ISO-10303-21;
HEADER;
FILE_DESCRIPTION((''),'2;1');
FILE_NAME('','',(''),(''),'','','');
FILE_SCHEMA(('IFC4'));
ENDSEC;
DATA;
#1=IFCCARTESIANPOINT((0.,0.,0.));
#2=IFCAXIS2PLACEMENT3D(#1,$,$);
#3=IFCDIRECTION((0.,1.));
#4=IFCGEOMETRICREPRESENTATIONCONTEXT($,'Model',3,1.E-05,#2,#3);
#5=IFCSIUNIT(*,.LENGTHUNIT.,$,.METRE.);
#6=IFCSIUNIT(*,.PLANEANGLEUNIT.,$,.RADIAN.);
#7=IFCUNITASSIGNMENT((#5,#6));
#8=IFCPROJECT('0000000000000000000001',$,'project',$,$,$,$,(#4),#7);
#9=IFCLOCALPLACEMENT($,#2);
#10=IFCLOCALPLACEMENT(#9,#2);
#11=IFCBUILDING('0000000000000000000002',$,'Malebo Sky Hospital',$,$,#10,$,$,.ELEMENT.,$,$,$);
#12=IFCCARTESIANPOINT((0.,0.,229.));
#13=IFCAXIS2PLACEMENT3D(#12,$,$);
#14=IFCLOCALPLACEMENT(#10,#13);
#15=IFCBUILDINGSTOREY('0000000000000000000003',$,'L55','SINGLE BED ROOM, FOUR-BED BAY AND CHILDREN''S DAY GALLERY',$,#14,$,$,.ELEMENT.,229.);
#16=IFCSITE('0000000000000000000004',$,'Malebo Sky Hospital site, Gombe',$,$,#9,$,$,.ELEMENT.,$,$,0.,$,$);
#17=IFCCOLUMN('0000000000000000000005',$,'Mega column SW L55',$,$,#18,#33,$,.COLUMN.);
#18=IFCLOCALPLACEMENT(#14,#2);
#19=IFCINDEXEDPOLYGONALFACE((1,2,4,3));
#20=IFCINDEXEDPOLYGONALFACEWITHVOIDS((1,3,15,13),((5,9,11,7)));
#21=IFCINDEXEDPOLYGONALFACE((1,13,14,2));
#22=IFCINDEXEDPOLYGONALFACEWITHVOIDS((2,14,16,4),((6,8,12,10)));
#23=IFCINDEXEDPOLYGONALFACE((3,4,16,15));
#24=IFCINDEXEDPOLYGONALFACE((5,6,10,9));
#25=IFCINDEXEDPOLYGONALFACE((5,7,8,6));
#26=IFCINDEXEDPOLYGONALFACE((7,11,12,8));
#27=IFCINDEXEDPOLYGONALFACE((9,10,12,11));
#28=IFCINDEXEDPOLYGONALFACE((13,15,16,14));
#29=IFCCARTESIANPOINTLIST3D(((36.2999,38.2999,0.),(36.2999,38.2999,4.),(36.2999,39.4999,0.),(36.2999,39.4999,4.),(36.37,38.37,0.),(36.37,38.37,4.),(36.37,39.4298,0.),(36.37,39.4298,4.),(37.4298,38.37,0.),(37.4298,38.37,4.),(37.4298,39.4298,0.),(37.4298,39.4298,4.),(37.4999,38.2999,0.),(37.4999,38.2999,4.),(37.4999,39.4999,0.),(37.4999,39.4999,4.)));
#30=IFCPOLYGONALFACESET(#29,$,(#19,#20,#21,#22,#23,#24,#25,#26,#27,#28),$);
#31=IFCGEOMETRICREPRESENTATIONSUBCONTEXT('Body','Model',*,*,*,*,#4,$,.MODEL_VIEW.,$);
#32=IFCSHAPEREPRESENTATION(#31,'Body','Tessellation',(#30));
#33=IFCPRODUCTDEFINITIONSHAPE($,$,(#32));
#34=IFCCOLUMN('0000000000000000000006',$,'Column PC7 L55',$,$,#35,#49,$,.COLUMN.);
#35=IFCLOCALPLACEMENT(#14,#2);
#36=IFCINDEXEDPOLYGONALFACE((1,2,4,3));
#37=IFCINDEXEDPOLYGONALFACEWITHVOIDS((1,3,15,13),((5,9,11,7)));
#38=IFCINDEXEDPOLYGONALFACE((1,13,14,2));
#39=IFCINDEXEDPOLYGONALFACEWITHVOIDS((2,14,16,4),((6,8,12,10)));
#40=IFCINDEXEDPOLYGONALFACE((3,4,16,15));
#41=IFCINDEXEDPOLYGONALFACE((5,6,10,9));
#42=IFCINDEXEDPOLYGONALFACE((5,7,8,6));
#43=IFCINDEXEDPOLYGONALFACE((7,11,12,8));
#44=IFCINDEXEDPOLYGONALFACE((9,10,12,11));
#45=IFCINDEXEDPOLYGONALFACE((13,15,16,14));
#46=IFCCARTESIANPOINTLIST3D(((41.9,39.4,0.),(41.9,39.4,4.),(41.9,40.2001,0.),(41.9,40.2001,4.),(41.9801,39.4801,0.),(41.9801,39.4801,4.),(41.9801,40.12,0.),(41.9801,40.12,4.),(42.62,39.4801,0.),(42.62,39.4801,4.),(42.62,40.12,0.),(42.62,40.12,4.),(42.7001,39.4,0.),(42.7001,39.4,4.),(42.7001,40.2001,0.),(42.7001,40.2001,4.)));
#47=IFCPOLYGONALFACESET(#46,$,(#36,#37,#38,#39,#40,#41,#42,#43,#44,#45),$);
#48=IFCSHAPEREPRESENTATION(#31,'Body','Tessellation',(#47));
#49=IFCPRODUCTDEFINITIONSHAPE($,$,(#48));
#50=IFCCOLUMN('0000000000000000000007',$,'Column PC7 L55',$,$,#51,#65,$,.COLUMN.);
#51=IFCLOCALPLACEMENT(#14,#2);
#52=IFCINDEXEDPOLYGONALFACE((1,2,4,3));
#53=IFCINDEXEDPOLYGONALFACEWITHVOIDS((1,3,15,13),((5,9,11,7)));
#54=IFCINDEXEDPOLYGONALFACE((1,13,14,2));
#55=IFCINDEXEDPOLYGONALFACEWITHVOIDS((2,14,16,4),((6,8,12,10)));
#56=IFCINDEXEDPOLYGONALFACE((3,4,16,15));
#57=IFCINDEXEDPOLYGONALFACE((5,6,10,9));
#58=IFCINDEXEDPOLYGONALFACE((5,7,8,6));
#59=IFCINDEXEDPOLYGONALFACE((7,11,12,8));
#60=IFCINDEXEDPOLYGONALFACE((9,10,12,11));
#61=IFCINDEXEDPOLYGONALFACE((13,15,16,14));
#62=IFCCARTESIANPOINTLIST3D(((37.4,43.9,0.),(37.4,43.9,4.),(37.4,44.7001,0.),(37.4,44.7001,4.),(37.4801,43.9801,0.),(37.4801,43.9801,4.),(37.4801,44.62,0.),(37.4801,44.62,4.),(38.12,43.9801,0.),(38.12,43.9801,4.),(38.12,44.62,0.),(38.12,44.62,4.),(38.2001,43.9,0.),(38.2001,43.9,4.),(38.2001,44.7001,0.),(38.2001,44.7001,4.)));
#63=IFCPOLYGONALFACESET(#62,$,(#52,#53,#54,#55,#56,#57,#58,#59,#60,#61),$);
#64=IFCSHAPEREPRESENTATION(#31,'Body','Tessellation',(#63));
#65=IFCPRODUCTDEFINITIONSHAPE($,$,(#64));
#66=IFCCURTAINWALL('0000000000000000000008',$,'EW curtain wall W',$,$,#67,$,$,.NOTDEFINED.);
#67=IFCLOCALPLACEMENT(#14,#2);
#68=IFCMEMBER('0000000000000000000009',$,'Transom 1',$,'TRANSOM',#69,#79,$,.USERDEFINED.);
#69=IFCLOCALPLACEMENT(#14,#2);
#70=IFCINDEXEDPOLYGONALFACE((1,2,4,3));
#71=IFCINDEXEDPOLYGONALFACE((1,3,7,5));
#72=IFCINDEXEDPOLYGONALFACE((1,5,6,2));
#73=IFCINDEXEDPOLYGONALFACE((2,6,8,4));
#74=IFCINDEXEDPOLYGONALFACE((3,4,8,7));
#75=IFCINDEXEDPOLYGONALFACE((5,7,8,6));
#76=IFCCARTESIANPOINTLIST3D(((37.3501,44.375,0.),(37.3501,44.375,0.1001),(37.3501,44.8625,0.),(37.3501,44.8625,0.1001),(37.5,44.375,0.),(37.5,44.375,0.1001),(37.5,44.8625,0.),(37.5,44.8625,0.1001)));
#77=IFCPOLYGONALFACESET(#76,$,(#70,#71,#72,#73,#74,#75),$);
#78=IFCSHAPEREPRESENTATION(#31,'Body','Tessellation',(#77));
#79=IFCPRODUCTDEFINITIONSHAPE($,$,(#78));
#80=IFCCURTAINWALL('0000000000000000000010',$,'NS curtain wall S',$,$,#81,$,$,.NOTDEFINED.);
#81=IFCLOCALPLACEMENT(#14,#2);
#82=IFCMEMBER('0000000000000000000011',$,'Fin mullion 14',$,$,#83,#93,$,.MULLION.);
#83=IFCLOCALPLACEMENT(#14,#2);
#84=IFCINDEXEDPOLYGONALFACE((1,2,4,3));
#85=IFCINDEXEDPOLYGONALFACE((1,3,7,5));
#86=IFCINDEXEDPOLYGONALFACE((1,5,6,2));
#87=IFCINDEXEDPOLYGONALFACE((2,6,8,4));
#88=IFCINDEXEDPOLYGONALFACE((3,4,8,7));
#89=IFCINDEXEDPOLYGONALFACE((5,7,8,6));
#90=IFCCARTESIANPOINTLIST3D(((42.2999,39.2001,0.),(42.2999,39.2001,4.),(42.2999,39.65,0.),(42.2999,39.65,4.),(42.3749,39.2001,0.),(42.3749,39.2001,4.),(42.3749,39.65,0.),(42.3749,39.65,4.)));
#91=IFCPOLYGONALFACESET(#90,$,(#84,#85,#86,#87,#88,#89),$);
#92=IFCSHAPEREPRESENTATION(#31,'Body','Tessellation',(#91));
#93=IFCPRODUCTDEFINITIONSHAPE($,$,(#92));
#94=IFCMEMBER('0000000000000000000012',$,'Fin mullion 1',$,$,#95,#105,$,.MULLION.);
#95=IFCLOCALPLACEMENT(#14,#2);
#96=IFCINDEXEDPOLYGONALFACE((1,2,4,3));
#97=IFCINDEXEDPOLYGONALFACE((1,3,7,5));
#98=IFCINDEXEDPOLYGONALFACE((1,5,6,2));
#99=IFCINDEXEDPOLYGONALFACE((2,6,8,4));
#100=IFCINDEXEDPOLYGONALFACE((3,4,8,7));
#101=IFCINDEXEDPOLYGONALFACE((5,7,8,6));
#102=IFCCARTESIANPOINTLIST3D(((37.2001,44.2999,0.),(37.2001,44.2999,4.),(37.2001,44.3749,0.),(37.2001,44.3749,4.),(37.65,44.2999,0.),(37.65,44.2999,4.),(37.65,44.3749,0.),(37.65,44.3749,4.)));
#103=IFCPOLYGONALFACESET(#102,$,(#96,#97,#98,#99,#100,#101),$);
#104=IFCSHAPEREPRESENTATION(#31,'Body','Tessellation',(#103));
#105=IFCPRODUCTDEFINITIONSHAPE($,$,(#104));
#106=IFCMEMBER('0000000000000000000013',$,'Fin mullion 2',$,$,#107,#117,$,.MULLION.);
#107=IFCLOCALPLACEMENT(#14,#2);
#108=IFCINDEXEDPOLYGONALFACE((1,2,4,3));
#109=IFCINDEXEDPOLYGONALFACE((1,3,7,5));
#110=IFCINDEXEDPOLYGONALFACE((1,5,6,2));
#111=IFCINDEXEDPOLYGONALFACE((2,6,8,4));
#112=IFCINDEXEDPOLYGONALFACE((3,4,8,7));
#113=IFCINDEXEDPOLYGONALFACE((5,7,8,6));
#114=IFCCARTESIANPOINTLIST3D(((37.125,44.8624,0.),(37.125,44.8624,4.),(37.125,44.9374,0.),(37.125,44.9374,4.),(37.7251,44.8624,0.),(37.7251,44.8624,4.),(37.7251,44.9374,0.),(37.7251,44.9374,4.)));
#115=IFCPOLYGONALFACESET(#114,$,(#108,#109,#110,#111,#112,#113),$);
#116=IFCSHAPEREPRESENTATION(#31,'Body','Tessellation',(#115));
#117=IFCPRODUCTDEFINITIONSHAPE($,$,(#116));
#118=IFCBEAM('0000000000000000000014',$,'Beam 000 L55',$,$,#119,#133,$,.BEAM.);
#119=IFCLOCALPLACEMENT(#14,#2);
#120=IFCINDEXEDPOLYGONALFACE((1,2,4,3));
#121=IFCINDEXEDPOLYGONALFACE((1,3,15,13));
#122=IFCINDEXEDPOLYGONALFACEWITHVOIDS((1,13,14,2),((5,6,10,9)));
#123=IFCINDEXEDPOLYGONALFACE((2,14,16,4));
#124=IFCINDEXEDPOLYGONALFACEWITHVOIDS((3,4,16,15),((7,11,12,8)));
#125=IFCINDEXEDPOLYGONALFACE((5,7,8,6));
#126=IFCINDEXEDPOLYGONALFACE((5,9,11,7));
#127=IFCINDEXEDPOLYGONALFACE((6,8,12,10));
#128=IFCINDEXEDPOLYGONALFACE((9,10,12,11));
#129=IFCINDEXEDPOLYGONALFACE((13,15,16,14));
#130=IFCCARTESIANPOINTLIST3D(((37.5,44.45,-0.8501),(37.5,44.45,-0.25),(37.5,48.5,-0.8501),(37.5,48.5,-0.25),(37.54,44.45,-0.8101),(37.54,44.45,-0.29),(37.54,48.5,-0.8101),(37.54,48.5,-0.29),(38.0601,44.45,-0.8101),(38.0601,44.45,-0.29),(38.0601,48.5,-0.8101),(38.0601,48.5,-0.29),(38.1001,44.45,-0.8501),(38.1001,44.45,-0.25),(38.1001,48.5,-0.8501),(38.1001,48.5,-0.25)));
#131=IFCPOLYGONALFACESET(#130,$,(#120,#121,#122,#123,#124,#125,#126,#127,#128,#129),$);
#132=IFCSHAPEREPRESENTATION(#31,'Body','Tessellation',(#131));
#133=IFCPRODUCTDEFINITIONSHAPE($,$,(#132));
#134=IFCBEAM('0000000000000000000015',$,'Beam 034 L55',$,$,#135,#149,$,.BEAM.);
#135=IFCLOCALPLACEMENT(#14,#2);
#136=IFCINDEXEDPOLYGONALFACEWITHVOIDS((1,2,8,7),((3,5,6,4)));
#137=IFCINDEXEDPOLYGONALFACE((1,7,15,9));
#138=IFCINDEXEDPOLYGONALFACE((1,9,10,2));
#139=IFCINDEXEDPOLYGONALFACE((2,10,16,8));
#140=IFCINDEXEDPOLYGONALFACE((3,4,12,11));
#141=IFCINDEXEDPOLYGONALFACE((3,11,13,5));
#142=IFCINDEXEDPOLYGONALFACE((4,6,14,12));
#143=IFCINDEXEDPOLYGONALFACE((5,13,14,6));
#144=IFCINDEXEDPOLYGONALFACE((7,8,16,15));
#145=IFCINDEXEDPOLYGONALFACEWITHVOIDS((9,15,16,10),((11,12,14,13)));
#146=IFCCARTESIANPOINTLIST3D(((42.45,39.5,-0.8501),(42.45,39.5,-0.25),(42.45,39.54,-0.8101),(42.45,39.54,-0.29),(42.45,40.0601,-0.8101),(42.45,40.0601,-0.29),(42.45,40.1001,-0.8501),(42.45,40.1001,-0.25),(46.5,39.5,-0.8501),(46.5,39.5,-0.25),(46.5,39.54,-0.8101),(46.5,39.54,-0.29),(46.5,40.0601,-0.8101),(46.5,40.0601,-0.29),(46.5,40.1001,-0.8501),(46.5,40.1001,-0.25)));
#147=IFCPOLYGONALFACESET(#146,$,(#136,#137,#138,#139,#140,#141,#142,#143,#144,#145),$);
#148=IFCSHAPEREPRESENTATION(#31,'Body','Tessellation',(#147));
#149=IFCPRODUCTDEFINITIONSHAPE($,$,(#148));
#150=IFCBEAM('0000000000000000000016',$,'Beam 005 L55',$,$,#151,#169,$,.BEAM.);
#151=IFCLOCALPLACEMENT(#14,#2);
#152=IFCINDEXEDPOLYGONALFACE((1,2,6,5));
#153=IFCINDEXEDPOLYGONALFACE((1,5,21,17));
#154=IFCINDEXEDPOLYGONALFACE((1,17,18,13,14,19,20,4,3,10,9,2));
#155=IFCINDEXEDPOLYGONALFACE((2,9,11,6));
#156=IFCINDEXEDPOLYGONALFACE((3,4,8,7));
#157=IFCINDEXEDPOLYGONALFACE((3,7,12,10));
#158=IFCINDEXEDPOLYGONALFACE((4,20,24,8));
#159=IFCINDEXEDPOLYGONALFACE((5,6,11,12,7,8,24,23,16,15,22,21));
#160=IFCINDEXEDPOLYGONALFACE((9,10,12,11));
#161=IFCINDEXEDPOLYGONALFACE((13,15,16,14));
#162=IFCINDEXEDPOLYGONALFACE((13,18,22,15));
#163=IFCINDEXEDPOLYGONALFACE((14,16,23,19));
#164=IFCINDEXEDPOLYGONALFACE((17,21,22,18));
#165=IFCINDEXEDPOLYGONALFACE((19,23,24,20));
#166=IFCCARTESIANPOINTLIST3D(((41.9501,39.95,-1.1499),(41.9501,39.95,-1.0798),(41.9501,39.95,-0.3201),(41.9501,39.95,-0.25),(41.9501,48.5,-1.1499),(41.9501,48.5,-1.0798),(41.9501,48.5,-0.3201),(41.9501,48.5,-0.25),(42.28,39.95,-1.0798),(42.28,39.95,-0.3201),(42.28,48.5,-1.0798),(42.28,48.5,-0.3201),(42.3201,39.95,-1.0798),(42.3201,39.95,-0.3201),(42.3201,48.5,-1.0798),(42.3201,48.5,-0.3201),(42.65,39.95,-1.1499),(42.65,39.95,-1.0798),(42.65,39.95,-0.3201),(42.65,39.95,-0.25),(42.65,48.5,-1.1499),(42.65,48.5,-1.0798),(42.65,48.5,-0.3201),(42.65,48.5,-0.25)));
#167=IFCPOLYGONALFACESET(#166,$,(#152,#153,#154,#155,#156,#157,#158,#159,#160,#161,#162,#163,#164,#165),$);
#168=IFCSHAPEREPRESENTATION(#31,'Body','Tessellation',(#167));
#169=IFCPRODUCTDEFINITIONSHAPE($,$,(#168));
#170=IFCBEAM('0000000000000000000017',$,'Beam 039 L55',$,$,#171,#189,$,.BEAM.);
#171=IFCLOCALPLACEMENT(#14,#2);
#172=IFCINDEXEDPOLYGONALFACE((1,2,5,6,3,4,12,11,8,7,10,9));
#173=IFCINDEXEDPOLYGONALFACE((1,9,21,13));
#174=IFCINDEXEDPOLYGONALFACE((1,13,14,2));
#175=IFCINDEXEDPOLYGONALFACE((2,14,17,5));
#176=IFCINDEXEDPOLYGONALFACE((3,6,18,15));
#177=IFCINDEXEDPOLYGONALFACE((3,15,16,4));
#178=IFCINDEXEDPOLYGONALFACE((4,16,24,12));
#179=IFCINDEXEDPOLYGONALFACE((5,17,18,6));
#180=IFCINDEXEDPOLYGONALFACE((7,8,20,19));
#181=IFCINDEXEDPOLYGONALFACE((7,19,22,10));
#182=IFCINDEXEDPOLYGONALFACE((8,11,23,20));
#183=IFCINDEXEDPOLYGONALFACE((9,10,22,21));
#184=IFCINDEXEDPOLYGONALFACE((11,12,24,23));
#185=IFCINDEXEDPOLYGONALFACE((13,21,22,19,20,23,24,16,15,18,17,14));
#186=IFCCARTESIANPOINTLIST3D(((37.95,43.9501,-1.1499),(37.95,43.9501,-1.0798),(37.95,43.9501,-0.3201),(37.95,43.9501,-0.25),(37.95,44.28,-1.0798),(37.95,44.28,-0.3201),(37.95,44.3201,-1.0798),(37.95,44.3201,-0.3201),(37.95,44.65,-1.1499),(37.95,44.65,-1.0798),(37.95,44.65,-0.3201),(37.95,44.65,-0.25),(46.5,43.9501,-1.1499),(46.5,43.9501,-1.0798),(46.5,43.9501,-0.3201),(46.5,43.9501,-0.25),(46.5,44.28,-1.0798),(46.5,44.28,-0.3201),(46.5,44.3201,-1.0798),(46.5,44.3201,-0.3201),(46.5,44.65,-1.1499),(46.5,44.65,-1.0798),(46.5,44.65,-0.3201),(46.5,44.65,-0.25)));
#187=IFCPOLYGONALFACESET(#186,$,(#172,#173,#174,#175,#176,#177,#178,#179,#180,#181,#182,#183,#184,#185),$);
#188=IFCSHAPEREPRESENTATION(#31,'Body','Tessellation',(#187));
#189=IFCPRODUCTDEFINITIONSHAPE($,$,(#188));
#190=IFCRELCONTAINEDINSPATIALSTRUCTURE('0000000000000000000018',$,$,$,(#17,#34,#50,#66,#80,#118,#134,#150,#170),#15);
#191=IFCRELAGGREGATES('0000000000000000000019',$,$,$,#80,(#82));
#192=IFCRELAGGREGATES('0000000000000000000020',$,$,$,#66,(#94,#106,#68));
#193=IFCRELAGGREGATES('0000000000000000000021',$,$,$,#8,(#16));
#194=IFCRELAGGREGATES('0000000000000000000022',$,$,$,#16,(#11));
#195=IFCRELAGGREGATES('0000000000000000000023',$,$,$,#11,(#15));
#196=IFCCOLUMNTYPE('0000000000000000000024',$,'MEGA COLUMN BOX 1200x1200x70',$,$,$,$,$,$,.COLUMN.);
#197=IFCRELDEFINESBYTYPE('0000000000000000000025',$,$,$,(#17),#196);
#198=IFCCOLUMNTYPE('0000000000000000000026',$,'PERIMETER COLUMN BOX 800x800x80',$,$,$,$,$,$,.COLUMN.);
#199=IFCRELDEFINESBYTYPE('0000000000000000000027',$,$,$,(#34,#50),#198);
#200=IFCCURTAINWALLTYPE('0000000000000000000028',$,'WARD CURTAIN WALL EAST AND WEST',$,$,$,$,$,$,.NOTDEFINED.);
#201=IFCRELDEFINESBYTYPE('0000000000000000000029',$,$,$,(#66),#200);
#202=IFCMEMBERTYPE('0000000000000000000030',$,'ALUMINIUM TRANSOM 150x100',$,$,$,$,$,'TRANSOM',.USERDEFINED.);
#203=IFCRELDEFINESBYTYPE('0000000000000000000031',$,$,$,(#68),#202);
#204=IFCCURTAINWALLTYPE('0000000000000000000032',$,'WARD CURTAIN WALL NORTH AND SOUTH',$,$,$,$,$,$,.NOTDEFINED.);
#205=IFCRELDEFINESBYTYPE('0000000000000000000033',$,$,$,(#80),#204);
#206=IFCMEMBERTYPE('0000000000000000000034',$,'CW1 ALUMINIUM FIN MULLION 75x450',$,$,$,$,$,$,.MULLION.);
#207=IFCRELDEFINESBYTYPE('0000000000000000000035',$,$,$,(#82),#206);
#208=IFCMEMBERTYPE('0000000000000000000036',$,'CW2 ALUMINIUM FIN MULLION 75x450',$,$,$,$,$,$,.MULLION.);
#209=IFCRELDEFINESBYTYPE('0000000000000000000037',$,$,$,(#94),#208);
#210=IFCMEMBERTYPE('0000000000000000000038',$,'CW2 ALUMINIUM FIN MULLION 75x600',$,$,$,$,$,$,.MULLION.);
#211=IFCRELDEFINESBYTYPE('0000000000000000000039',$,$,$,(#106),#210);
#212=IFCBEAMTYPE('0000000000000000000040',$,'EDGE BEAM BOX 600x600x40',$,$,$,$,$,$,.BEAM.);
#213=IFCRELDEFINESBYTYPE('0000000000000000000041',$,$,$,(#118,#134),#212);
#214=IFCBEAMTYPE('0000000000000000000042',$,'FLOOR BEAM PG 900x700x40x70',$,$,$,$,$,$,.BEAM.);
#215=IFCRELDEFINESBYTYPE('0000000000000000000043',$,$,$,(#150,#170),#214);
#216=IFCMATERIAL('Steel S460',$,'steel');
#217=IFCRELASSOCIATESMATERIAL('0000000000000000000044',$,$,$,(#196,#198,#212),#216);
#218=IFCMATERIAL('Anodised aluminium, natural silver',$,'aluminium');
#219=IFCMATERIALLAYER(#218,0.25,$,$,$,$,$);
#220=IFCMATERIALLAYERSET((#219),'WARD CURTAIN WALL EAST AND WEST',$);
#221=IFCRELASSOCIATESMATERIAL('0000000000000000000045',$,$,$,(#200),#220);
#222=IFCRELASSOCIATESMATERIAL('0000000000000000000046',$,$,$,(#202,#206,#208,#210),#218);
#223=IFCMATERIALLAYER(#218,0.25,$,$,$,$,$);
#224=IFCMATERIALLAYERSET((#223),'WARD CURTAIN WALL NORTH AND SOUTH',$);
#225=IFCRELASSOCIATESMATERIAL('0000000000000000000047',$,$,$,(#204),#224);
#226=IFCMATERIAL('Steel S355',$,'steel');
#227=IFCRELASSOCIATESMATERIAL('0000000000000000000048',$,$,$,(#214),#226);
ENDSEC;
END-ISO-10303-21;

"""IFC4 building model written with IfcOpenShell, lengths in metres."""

from ifc_helpers import new_model, si_unit, direction, frame, origin, origin_2d, place, context, subcontext, project, spatial, rectangle, hollow_rectangle, i_section, extrude, material, layer, layer_set, material_profile, profile_set, type_object, element, aggregate, save


model = new_model("IFC4")

# Units and contexts
model_context = context("Model", 3, precision=1e-05, world=origin(), true_north=direction((0.0, 1.0)))
body_context = subcontext(model_context, "Body", "Model", "MODEL_VIEW")
ifc_project = project(units=[si_unit("LENGTHUNIT", "METRE"), si_unit("PLANEANGLEUNIT", "RADIAN")], contexts=[model_context])

# Site, building, storey
site_placement = place(None, origin())
site = spatial("IfcSite", under=ifc_project, at=site_placement, Name="Malebo Sky Hospital site, Gombe", CompositionType="ELEMENT", RefElevation=0.0)
building_placement = place(site_placement, origin())
building = spatial("IfcBuilding", under=site, at=building_placement, Name="Malebo Sky Hospital", CompositionType="ELEMENT")
storey_placement = place(building_placement, frame((0.0, 0.0, 229.0)))
storey = spatial("IfcBuildingStorey", under=building, at=storey_placement, Name="L55", Description="SINGLE BED ROOM, FOUR-BED BAY AND CHILDREN'S DAY GALLERY", CompositionType="ELEMENT", Elevation=229.0)

# Columns
ifc_material_1 = material(Name="Steel S460", Category="steel")
ifc_material_profile_1 = material_profile(ifc_material_1, hollow_rectangle(XDim=1.2, YDim=1.2, WallThickness=0.0701, at=origin_2d()), Name="BOX 1200x1200x70")
ifc_profile_set_1 = profile_set([ifc_material_profile_1], Name="Steel S460")
column_type_1 = type_object("IfcColumnType", Name="MEGA COLUMN BOX 1200x1200x70", PredefinedType="COLUMN", material=ifc_profile_set_1)
column_placement = place(storey_placement, frame((36.8999, 38.8999, 0.0), z_axis=(0.0, 0.0, 1.0), x_axis=(1.0, 0.0, 0.0)))
element("IfcColumn", 1, at=column_placement, inside=storey, type_object=column_type_1, Name="Mega column SW L55", PredefinedType="COLUMN", context=body_context, shape_type="SweptSolid", body=[
    extrude(hollow_rectangle(XDim=1.2, YDim=1.2, WallThickness=0.0701, at=origin_2d()), origin(), (0.0, 0.0, 1.0), 4.0),
])
ifc_material_profile_2 = material_profile(ifc_material_1, hollow_rectangle(XDim=0.8, YDim=0.8, WallThickness=0.0801, at=origin_2d()), Name="BOX 800x800x80")
ifc_profile_set_2 = profile_set([ifc_material_profile_2], Name="Steel S460")
column_type_2 = type_object("IfcColumnType", Name="PERIMETER COLUMN BOX 800x800x80", PredefinedType="COLUMN", material=ifc_profile_set_2)
for number, where, z_axis, x_axis, name in (
    (2, (42.3, 39.8, 0.0), (0.0, 0.0, 1.0), (1.0, 0.0, 0.0), "Column PC7 L55"),
    (3, (37.8, 44.3, 0.0), (0.0, 0.0, 1.0), (1.0, 0.0, 0.0), "Column PC7 L55"),
):
    element("IfcColumn", number, at=place(storey_placement, frame(where, z_axis=z_axis, x_axis=x_axis)), inside=storey, type_object=column_type_2, Name=name, PredefinedType="COLUMN", context=body_context, shape_type="SweptSolid", body=[
        extrude(hollow_rectangle(XDim=0.8, YDim=0.8, WallThickness=0.0801, at=origin_2d()), origin(), (0.0, 0.0, 1.0), 4.0),
    ])

# Curtain walls, members
ifc_material_2 = material(Name="Anodised aluminium, natural silver", Category="aluminium")
ifc_layer_1 = layer(ifc_material_2, 0.25)
ifc_layer_set_1 = layer_set([ifc_layer_1], Name="WARD CURTAIN WALL EAST AND WEST")
curtain_wall_type_1 = type_object("IfcCurtainWallType", Name="WARD CURTAIN WALL EAST AND WEST", PredefinedType="NOTDEFINED", material=ifc_layer_set_1)
curtain_wall_1_placement = place(storey_placement, origin())
curtain_wall_1 = element("IfcCurtainWall", 4, at=curtain_wall_1_placement, inside=storey, type_object=curtain_wall_type_1, Name="EW curtain wall W", PredefinedType="NOTDEFINED")
ifc_material_profile_3 = material_profile(ifc_material_2, rectangle(XDim=0.1499, YDim=0.1001, at=origin_2d()), Name="ALUMINIUM TRANSOM 150x100")
ifc_profile_set_3 = profile_set([ifc_material_profile_3], Name="Anodised aluminium, natural silver")
member_type_1 = type_object("IfcMemberType", Name="ALUMINIUM TRANSOM 150x100", ElementType="TRANSOM", PredefinedType="USERDEFINED", material=ifc_profile_set_3)
member_1_placement = place(storey_placement, frame((37.425, 44.375, 0.05), z_axis=(0.0, 1.0, 0.0), x_axis=(-1.0, 0.0, 0.0)))
member_1 = element("IfcMember", 5, at=member_1_placement, type_object=member_type_1, Name="Transom 1", ObjectType="TRANSOM", PredefinedType="USERDEFINED", context=body_context, shape_type="SweptSolid", body=[
    extrude(rectangle(XDim=0.1499, YDim=0.1001, at=origin_2d()), origin(), (0.0, 0.0, 1.0), 0.4875),
])
ifc_layer_2 = layer(ifc_material_2, 0.25)
ifc_layer_set_2 = layer_set([ifc_layer_2], Name="WARD CURTAIN WALL NORTH AND SOUTH")
curtain_wall_type_2 = type_object("IfcCurtainWallType", Name="WARD CURTAIN WALL NORTH AND SOUTH", PredefinedType="NOTDEFINED", material=ifc_layer_set_2)
curtain_wall_2_placement = place(storey_placement, origin())
curtain_wall_2 = element("IfcCurtainWall", 6, at=curtain_wall_2_placement, inside=storey, type_object=curtain_wall_type_2, Name="NS curtain wall S", PredefinedType="NOTDEFINED")
ifc_material_profile_4 = material_profile(ifc_material_2, rectangle(XDim=0.075, YDim=0.45, at=origin_2d()), Name="CW1 ALUMINIUM FIN MULLION 75x450")
ifc_profile_set_4 = profile_set([ifc_material_profile_4], Name="Anodised aluminium, natural silver")
member_type_2 = type_object("IfcMemberType", Name="CW1 ALUMINIUM FIN MULLION 75x450", PredefinedType="MULLION", material=ifc_profile_set_4)
member_2_placement = place(storey_placement, frame((42.3374, 39.425, 0.0), z_axis=(0.0, 0.0, 1.0), x_axis=(-1.0, 0.0, 0.0)))
member_2 = element("IfcMember", 7, at=member_2_placement, type_object=member_type_2, Name="Fin mullion 14", PredefinedType="MULLION", context=body_context, shape_type="SweptSolid", body=[
    extrude(rectangle(XDim=0.075, YDim=0.45, at=origin_2d()), origin(), (0.0, 0.0, 1.0), 4.0),
])
aggregate(curtain_wall_2, [member_2])

# Members
ifc_material_profile_5 = material_profile(ifc_material_2, rectangle(XDim=0.075, YDim=0.45, at=origin_2d()), Name="CW2 ALUMINIUM FIN MULLION 75x450")
ifc_profile_set_5 = profile_set([ifc_material_profile_5], Name="Anodised aluminium, natural silver")
member_type_3 = type_object("IfcMemberType", Name="CW2 ALUMINIUM FIN MULLION 75x450", PredefinedType="MULLION", material=ifc_profile_set_5)
member_3_placement = place(storey_placement, frame((37.425, 44.3374, 0.0), z_axis=(0.0, 0.0, 1.0), x_axis=(0.0, 1.0, 0.0)))
member_3 = element("IfcMember", 8, at=member_3_placement, type_object=member_type_3, Name="Fin mullion 1", PredefinedType="MULLION", context=body_context, shape_type="SweptSolid", body=[
    extrude(rectangle(XDim=0.075, YDim=0.45, at=origin_2d()), origin(), (0.0, 0.0, 1.0), 4.0),
])
ifc_material_profile_6 = material_profile(ifc_material_2, rectangle(XDim=0.075, YDim=0.6001, at=origin_2d()), Name="CW2 ALUMINIUM FIN MULLION 75x600")
ifc_profile_set_6 = profile_set([ifc_material_profile_6], Name="Anodised aluminium, natural silver")
member_type_4 = type_object("IfcMemberType", Name="CW2 ALUMINIUM FIN MULLION 75x600", PredefinedType="MULLION", material=ifc_profile_set_6)
member_4_placement = place(storey_placement, frame((37.425, 44.8999, 0.0), z_axis=(0.0, 0.0, 1.0), x_axis=(0.0, 1.0, 0.0)))
member_4 = element("IfcMember", 9, at=member_4_placement, type_object=member_type_4, Name="Fin mullion 2", PredefinedType="MULLION", context=body_context, shape_type="SweptSolid", body=[
    extrude(rectangle(XDim=0.075, YDim=0.6001, at=origin_2d()), origin(), (0.0, 0.0, 1.0), 4.0),
])

# Beams
ifc_material_profile_7 = material_profile(ifc_material_1, hollow_rectangle(XDim=0.6001, YDim=0.6001, WallThickness=0.04, at=origin_2d()), Name="BOX 600x600x40")
ifc_profile_set_7 = profile_set([ifc_material_profile_7], Name="Steel S460")
beam_type_1 = type_object("IfcBeamType", Name="EDGE BEAM BOX 600x600x40", PredefinedType="BEAM", material=ifc_profile_set_7)
for number, where, z_axis, x_axis, name in (
    (10, (37.8, 44.45, -0.55), (0.0, 1.0, 0.0), (-1.0, 0.0, 0.0), "Beam 000 L55"),
    (11, (42.45, 39.8, -0.55), (1.0, 0.0, 0.0), (0.0, 1.0, 0.0), "Beam 034 L55"),
):
    element("IfcBeam", number, at=place(storey_placement, frame(where, z_axis=z_axis, x_axis=x_axis)), inside=storey, type_object=beam_type_1, Name=name, PredefinedType="BEAM", context=body_context, shape_type="SweptSolid", body=[
        extrude(hollow_rectangle(XDim=0.6001, YDim=0.6001, WallThickness=0.04, at=origin_2d()), origin(), (0.0, 0.0, 1.0), 4.05),
    ])
ifc_material_3 = material(Name="Steel S355", Category="steel")
ifc_material_profile_8 = material_profile(ifc_material_3, i_section(OverallWidth=0.7, OverallDepth=0.8999, WebThickness=0.04, FlangeThickness=0.0701, at=origin_2d()), Name="PG 900x700x40x70")
ifc_profile_set_8 = profile_set([ifc_material_profile_8], Name="Steel S355")
beam_type_2 = type_object("IfcBeamType", Name="FLOOR BEAM PG 900x700x40x70", PredefinedType="BEAM", material=ifc_profile_set_8)
for number, where, z_axis, x_axis, name in (
    (12, (42.3, 39.95, -0.7), (0.0, 1.0, 0.0), (-1.0, 0.0, 0.0), "Beam 005 L55"),
    (13, (37.95, 44.3, -0.7), (1.0, 0.0, 0.0), (0.0, 1.0, 0.0), "Beam 039 L55"),
):
    element("IfcBeam", number, at=place(storey_placement, frame(where, z_axis=z_axis, x_axis=x_axis)), inside=storey, type_object=beam_type_2, Name=name, PredefinedType="BEAM", context=body_context, shape_type="SweptSolid", body=[
        extrude(i_section(OverallWidth=0.7, OverallDepth=0.8999, WebThickness=0.04, FlangeThickness=0.0701, at=origin_2d()), origin(), (0.0, 0.0, 1.0), 8.55),
    ])

aggregate(curtain_wall_1, [member_3, member_4, member_1])

save(model, "model.ifc")
